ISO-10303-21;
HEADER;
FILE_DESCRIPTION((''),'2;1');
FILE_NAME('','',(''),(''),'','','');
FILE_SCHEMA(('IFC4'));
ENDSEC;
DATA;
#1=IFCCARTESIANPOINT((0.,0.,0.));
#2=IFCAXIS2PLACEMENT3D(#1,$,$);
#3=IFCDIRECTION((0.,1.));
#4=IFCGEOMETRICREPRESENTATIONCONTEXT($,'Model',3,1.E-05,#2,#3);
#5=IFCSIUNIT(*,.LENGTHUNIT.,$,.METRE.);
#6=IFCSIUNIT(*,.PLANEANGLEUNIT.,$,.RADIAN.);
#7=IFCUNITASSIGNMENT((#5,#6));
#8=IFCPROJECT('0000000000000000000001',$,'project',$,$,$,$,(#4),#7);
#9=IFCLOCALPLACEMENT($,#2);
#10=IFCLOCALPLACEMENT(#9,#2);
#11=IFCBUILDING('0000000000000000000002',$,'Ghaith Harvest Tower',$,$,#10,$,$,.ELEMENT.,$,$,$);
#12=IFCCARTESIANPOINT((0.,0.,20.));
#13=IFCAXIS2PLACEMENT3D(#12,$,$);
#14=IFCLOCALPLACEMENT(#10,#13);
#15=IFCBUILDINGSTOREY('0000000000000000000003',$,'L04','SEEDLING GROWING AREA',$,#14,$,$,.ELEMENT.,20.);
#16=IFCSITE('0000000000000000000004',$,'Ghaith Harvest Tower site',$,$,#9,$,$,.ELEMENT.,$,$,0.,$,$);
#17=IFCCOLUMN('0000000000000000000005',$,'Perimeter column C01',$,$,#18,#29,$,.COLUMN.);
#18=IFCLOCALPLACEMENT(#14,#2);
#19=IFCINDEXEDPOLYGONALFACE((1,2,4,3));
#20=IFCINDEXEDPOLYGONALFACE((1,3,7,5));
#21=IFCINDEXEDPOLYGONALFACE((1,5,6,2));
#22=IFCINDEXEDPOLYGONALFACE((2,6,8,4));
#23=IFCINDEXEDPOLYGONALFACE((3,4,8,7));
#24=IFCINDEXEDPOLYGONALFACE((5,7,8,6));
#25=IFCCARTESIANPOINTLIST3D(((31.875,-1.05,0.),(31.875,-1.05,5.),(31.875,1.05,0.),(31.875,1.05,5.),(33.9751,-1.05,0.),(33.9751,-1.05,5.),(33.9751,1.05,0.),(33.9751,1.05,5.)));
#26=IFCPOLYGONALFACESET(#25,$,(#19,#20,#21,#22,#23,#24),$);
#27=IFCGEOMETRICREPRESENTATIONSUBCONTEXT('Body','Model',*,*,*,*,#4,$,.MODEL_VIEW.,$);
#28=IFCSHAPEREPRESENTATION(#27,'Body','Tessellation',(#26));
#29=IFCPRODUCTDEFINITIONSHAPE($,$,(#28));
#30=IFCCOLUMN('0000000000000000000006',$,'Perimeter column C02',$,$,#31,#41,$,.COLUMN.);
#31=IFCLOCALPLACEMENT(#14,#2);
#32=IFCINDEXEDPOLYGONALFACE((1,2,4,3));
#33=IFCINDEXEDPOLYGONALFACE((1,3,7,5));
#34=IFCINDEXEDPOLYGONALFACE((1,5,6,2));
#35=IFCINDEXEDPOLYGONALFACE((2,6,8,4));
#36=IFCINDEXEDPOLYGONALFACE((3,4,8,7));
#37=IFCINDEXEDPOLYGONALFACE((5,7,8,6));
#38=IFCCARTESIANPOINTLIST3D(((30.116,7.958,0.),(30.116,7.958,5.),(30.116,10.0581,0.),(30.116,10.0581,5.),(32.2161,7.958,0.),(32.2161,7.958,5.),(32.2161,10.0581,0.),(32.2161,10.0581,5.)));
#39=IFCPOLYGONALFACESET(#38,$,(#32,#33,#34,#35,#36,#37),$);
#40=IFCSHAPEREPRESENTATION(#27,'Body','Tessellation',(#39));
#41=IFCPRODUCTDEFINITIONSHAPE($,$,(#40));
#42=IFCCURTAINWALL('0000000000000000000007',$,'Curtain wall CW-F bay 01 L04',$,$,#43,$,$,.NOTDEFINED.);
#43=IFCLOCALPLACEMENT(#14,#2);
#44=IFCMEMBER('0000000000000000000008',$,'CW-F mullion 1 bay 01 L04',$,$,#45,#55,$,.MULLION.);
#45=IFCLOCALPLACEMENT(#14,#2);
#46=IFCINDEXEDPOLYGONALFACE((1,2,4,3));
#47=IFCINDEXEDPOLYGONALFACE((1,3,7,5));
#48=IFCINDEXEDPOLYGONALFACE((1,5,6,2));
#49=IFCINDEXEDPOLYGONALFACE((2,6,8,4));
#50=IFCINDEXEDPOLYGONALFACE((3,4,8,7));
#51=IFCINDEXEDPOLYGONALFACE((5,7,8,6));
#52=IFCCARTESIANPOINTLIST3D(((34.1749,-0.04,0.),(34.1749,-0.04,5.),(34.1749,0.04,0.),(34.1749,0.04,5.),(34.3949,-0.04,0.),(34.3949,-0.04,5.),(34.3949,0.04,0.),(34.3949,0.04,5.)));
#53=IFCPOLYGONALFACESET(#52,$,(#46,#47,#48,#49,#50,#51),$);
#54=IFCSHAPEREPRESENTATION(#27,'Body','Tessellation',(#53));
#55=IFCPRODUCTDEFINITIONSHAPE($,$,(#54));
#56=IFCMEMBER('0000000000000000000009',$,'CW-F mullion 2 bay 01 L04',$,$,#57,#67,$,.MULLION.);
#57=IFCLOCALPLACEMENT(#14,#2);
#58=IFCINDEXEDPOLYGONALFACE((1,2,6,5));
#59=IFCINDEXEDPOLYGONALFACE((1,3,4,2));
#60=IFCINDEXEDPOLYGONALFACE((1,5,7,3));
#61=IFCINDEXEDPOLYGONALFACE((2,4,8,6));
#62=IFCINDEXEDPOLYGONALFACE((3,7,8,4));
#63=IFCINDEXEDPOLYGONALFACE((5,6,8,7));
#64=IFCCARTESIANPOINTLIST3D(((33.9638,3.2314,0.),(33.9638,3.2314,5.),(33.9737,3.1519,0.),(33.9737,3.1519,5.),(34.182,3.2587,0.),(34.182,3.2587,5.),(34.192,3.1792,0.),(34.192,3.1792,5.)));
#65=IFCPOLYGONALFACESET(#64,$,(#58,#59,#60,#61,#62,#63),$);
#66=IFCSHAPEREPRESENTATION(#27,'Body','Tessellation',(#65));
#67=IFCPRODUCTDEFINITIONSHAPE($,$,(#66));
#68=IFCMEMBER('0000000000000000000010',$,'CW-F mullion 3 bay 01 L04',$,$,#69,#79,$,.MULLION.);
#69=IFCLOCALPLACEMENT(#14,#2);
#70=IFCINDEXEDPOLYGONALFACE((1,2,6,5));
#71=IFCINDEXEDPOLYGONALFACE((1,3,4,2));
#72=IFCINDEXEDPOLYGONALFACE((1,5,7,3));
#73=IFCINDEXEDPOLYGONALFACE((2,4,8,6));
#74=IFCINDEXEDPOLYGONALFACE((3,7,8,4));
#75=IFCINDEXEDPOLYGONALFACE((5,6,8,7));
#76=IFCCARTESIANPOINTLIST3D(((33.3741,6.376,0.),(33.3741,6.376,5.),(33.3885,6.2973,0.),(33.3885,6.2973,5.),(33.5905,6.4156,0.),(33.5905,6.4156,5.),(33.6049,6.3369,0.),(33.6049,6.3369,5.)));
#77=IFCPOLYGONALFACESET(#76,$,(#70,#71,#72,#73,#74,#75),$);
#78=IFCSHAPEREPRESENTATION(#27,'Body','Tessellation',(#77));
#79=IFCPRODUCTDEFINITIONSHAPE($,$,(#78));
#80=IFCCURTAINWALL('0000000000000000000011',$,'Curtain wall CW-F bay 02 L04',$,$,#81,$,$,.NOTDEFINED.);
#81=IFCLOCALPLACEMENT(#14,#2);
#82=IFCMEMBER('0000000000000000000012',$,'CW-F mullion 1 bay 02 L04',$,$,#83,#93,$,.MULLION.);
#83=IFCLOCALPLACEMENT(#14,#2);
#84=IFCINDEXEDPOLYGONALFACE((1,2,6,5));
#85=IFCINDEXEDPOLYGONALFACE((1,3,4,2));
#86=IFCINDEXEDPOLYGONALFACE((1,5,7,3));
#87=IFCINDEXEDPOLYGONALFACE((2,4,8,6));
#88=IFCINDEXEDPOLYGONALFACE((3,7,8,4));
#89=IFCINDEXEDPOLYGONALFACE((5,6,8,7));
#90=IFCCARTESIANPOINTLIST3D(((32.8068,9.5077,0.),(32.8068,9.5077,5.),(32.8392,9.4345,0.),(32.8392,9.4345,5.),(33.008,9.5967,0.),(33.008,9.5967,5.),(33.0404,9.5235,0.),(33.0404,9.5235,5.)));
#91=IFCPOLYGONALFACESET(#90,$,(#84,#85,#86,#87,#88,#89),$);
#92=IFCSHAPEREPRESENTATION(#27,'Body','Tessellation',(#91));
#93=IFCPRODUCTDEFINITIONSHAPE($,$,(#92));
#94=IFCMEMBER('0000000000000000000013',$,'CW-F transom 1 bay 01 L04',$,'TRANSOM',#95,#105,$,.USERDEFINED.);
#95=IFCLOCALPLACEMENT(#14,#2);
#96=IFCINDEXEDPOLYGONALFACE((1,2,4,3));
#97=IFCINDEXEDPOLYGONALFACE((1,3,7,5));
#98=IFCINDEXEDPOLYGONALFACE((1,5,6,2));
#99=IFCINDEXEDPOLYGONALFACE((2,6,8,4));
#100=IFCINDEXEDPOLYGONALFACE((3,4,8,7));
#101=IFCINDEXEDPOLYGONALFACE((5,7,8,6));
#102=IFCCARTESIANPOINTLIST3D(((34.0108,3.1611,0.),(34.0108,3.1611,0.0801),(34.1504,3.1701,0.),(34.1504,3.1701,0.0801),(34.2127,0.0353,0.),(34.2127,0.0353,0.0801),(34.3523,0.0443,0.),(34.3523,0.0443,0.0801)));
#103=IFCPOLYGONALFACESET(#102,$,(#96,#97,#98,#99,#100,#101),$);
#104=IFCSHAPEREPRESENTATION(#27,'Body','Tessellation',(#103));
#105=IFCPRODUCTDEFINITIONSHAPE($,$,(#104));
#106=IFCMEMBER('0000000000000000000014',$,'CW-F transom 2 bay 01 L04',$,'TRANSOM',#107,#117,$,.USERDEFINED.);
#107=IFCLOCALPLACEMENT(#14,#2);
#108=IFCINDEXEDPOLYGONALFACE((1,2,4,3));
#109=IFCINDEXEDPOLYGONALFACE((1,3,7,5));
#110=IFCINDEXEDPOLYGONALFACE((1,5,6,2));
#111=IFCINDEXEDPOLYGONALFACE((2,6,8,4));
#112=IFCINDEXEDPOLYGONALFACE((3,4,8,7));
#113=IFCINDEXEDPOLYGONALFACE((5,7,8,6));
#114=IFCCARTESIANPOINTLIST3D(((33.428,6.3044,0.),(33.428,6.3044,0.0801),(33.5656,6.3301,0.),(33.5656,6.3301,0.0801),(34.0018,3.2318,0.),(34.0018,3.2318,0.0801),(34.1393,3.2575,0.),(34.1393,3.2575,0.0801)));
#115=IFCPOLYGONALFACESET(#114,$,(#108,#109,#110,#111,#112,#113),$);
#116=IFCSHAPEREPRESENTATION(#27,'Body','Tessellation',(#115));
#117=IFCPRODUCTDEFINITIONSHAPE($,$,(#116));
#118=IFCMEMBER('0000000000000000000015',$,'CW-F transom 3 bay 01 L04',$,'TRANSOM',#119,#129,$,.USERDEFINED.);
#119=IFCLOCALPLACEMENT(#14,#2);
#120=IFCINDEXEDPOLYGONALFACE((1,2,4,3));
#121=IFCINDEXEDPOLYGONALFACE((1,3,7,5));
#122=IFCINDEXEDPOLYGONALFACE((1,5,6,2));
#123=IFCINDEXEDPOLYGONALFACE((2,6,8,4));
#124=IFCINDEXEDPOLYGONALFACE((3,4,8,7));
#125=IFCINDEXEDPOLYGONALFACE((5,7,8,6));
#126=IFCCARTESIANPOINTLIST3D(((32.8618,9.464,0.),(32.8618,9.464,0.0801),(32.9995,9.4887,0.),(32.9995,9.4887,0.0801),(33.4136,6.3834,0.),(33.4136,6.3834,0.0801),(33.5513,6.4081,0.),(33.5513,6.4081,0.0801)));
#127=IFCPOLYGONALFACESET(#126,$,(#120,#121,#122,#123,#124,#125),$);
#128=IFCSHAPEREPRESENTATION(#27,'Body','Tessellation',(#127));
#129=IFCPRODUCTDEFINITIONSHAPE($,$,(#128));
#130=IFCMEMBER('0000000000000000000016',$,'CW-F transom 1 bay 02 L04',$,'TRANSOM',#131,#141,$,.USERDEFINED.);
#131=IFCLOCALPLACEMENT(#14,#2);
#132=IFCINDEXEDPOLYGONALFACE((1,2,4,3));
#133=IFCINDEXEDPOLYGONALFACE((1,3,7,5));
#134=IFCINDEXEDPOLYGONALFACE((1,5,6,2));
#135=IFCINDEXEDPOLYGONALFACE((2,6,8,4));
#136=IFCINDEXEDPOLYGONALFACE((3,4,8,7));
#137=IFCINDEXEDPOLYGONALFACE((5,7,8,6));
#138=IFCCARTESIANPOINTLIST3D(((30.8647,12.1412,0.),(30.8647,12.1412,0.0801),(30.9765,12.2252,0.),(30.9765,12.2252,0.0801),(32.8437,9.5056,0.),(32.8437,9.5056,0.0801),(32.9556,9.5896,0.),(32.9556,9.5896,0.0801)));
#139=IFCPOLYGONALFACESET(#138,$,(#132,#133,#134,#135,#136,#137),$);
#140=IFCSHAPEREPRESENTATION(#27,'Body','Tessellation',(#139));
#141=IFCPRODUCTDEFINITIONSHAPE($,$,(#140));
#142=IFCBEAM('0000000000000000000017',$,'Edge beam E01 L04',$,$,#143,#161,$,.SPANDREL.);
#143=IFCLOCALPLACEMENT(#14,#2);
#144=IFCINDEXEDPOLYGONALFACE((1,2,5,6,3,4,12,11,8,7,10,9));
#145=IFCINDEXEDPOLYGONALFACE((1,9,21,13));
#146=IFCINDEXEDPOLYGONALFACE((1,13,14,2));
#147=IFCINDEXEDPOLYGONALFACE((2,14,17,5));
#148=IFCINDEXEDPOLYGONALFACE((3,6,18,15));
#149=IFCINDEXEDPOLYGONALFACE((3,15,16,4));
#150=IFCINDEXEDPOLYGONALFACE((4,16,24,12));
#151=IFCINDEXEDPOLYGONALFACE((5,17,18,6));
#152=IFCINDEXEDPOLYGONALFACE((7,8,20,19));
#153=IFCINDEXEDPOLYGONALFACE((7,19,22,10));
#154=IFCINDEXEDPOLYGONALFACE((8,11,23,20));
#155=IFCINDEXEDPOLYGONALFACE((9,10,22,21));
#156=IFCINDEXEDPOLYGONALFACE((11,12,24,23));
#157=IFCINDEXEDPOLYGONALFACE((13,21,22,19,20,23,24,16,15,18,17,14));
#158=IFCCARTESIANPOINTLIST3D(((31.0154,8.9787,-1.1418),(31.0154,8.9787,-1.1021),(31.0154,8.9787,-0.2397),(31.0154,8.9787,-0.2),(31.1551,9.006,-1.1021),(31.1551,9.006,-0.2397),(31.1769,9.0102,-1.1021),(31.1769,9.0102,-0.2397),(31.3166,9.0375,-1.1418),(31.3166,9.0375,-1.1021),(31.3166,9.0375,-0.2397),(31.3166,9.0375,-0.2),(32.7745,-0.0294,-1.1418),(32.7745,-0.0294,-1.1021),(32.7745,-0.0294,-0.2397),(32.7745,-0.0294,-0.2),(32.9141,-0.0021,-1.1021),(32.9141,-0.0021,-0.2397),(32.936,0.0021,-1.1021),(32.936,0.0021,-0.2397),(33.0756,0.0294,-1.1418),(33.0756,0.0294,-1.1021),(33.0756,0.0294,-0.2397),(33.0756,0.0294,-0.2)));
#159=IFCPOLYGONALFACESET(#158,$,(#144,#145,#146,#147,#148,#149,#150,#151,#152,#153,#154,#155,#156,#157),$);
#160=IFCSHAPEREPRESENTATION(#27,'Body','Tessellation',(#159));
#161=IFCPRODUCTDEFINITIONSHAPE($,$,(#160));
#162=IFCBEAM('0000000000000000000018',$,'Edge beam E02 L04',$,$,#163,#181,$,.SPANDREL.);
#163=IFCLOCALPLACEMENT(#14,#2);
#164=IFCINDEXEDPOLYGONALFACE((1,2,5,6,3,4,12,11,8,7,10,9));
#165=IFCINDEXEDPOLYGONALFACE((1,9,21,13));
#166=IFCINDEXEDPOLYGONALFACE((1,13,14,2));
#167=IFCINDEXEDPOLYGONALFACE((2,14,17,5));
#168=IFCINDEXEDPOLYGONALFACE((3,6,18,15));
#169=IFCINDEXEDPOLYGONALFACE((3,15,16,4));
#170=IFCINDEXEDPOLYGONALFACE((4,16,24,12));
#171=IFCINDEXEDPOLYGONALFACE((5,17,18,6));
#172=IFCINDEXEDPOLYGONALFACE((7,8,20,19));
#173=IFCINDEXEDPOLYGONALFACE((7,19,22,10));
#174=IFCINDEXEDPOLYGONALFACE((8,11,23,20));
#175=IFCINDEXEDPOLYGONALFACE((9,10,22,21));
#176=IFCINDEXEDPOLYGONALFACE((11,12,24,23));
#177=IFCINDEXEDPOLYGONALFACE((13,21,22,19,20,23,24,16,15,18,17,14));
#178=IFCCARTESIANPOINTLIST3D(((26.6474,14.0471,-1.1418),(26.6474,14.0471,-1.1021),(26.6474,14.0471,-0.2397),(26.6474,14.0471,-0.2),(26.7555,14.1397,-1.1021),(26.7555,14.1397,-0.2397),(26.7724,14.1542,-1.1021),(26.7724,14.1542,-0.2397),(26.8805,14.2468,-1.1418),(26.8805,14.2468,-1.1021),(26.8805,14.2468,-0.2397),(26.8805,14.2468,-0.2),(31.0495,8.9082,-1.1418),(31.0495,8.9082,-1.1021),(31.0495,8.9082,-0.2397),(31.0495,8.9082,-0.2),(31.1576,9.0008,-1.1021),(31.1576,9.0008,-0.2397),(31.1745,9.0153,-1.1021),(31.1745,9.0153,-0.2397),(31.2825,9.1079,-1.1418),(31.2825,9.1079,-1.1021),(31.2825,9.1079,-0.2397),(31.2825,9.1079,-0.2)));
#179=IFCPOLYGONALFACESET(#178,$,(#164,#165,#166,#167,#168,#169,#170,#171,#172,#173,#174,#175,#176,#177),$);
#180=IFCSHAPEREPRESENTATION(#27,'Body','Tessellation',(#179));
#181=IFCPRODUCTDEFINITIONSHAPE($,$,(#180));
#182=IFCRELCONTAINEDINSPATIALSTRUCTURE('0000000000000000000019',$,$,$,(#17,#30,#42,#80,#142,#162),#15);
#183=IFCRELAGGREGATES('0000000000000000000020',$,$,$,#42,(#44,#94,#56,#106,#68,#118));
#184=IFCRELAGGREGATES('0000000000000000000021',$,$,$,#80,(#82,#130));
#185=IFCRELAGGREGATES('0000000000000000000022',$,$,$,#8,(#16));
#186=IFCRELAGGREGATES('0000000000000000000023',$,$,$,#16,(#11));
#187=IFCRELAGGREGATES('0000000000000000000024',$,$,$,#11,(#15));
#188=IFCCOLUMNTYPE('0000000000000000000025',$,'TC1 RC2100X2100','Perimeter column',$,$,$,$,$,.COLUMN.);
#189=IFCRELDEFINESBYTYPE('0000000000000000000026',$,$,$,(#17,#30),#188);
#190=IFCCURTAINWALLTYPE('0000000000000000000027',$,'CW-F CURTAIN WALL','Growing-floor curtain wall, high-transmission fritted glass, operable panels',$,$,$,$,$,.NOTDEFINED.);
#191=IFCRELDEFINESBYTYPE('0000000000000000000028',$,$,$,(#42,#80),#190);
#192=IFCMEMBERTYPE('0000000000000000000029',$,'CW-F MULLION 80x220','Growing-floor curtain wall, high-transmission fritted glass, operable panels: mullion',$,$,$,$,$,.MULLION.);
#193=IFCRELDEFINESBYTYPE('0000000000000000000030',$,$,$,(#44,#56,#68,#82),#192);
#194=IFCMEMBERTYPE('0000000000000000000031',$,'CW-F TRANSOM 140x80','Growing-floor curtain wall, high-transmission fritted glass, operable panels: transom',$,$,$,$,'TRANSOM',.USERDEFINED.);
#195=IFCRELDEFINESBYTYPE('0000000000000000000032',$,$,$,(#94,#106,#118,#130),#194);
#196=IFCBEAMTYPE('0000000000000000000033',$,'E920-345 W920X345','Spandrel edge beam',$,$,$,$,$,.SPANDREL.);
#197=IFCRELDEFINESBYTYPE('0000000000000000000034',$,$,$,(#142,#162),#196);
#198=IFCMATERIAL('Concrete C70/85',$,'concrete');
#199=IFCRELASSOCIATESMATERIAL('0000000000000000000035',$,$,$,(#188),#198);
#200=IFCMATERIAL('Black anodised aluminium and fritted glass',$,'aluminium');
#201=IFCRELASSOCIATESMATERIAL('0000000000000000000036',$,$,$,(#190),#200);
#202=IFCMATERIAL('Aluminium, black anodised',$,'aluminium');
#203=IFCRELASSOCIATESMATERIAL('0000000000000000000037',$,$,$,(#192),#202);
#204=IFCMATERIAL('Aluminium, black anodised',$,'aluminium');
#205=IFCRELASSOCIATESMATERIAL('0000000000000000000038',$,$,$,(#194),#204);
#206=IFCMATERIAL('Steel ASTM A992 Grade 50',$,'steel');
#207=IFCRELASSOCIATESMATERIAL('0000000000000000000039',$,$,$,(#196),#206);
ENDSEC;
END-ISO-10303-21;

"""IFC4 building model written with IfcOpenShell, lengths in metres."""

from ifc_helpers import new_model, si_unit, direction, frame, origin, origin_2d, place, context, subcontext, project, spatial, rectangle, i_section, extrude, material, material_profile, profile_set, type_object, element, aggregate, save


model = new_model("IFC4")

# Units and contexts
model_context = context("Model", 3, precision=1e-05, world=origin(), true_north=direction((0.0, 1.0)))
body_context = subcontext(model_context, "Body", "Model", "MODEL_VIEW")
ifc_project = project(units=[si_unit("LENGTHUNIT", "METRE"), si_unit("PLANEANGLEUNIT", "RADIAN")], contexts=[model_context])

# Site, building, storey
site_placement = place(None, origin())
site = spatial("IfcSite", under=ifc_project, at=site_placement, Name="Ghaith Harvest Tower site", CompositionType="ELEMENT", RefElevation=0.0)
building_placement = place(site_placement, origin())
building = spatial("IfcBuilding", under=site, at=building_placement, Name="Ghaith Harvest Tower", CompositionType="ELEMENT")
storey_placement = place(building_placement, frame((0.0, 0.0, 20.0)))
storey = spatial("IfcBuildingStorey", under=building, at=storey_placement, Name="L04", Description="SEEDLING GROWING AREA", CompositionType="ELEMENT", Elevation=20.0)

# Columns
ifc_material_1 = material(Name="Concrete C70/85", Category="concrete")
ifc_material_profile_1 = material_profile(ifc_material_1, rectangle(XDim=2.1001, YDim=2.1001, at=origin_2d()), Name="RC2100X2100")
ifc_profile_set_1 = profile_set([ifc_material_profile_1], Name="Concrete C70/85")
column_type = type_object("IfcColumnType", Name="TC1 RC2100X2100", Description="Perimeter column", PredefinedType="COLUMN", material=ifc_profile_set_1)
for number, where, z_axis, x_axis, name in (
    (1, (32.925, 0.0, 0.0), (0.0, 0.0, 1.0), (1.0, 0.0, 0.0), "Perimeter column C01"),
    (2, (31.166, 9.0081, 0.0), (0.0, 0.0, 1.0), (1.0, 0.0, 0.0), "Perimeter column C02"),
):
    element("IfcColumn", number, at=place(storey_placement, frame(where, z_axis=z_axis, x_axis=x_axis)), inside=storey, type_object=column_type, Name=name, PredefinedType="COLUMN", context=body_context, shape_type="SweptSolid", body=[
        extrude(rectangle(XDim=2.1001, YDim=2.1001, at=origin_2d()), origin(), (0.0, 0.0, 1.0), 5.0),
    ])

# Curtain wall, members
ifc_material_2 = material(Name="Black anodised aluminium and fritted glass", Category="aluminium")
curtain_wall_type = type_object("IfcCurtainWallType", Name="CW-F CURTAIN WALL", Description="Growing-floor curtain wall, high-transmission fritted glass, operable panels", PredefinedType="NOTDEFINED", material=ifc_material_2)
curtain_wall_1_placement = place(storey_placement, origin())
curtain_wall_1 = element("IfcCurtainWall", 3, at=curtain_wall_1_placement, inside=storey, type_object=curtain_wall_type, Name="Curtain wall CW-F bay 01 L04", PredefinedType="NOTDEFINED")
ifc_material_3 = material(Name="Aluminium, black anodised", Category="aluminium")
ifc_material_profile_2 = material_profile(ifc_material_3, rectangle(XDim=0.0801, YDim=0.22, at=origin_2d()), Name="CW-F MULLION 80x220")
ifc_profile_set_2 = profile_set([ifc_material_profile_2], Name="Aluminium, black anodised")
member_type_1 = type_object("IfcMemberType", Name="CW-F MULLION 80x220", Description="Growing-floor curtain wall, high-transmission fritted glass, operable panels: mullion", PredefinedType="MULLION", material=ifc_profile_set_2)
member_1_placement = place(storey_placement, frame((34.2849, 0.0, 0.0), z_axis=(0.0, 0.0, 1.0), x_axis=(0.0, 1.0, 0.0)))
member_1 = element("IfcMember", 4, at=member_1_placement, type_object=member_type_1, Name="CW-F mullion 1 bay 01 L04", PredefinedType="MULLION", context=body_context, shape_type="SweptSolid", body=[
    extrude(rectangle(XDim=0.0801, YDim=0.22, at=origin_2d()), origin(), (0.0, 0.0, 1.0), 5.0),
])
member_2_placement = place(storey_placement, frame((34.0779, 3.2053, 0.0), z_axis=(0.0, 0.0, 1.0), x_axis=(-0.12417, 0.992261, 0.0)))
member_2 = element("IfcMember", 5, at=member_2_placement, type_object=member_type_1, Name="CW-F mullion 2 bay 01 L04", PredefinedType="MULLION", context=body_context, shape_type="SweptSolid", body=[
    extrude(rectangle(XDim=0.0801, YDim=0.22, at=origin_2d()), origin(), (0.0, 0.0, 1.0), 5.0),
])
member_3_placement = place(storey_placement, frame((33.4895, 6.3564, 0.0), z_axis=(0.0, 0.0, 1.0), x_axis=(-0.179943, 0.983677, 0.0)))
member_3 = element("IfcMember", 6, at=member_3_placement, type_object=member_type_1, Name="CW-F mullion 3 bay 01 L04", PredefinedType="MULLION", context=body_context, shape_type="SweptSolid", body=[
    extrude(rectangle(XDim=0.0801, YDim=0.22, at=origin_2d()), origin(), (0.0, 0.0, 1.0), 5.0),
])

# Curtain wall, member
curtain_wall_2_placement = place(storey_placement, origin())
curtain_wall_2 = element("IfcCurtainWall", 7, at=curtain_wall_2_placement, inside=storey, type_object=curtain_wall_type, Name="Curtain wall CW-F bay 02 L04", PredefinedType="NOTDEFINED")
member_4_placement = place(storey_placement, frame((32.9236, 9.5156, 0.0), z_axis=(0.0, 0.0, 1.0), x_axis=(-0.404702, 0.914449, 0.0)))
member_4 = element("IfcMember", 8, at=member_4_placement, type_object=member_type_1, Name="CW-F mullion 1 bay 02 L04", PredefinedType="MULLION", context=body_context, shape_type="SweptSolid", body=[
    extrude(rectangle(XDim=0.0801, YDim=0.22, at=origin_2d()), origin(), (0.0, 0.0, 1.0), 5.0),
])

# Members
ifc_material_4 = material(Name="Aluminium, black anodised", Category="aluminium")
ifc_material_profile_3 = material_profile(ifc_material_4, rectangle(XDim=0.1399, YDim=0.0801, at=origin_2d()), Name="CW-F TRANSOM 140x80")
ifc_profile_set_3 = profile_set([ifc_material_profile_3], Name="Aluminium, black anodised")
member_type_2 = type_object("IfcMemberType", Name="CW-F TRANSOM 140x80", Description="Growing-floor curtain wall, high-transmission fritted glass, operable panels: transom", ElementType="TRANSOM", PredefinedType="USERDEFINED", material=ifc_profile_set_3)
member_5_placement = place(storey_placement, frame((34.2825, 0.0398, 0.04), z_axis=(-0.06446, 0.99792, 0.0), x_axis=(-0.99792, -0.06446, 0.0)))
member_5 = element("IfcMember", 9, at=member_5_placement, type_object=member_type_2, Name="CW-F transom 1 bay 01 L04", ObjectType="TRANSOM", PredefinedType="USERDEFINED", context=body_context, shape_type="SweptSolid", body=[
    extrude(rectangle(XDim=0.1399, YDim=0.0801, at=origin_2d()), origin(), (0.0, 0.0, 1.0), 3.1323),
])
member_6_placement = place(storey_placement, frame((34.0706, 3.2446, 0.04), z_axis=(-0.183557, 0.983009, 0.0), x_axis=(-0.983009, -0.183557, 0.0)))
member_6 = element("IfcMember", 10, at=member_6_placement, type_object=member_type_2, Name="CW-F transom 2 bay 01 L04", ObjectType="TRANSOM", PredefinedType="USERDEFINED", context=body_context, shape_type="SweptSolid", body=[
    extrude(rectangle(XDim=0.1399, YDim=0.0801, at=origin_2d()), origin(), (0.0, 0.0, 1.0), 3.1257),
])
member_7_placement = place(storey_placement, frame((33.4824, 6.3958, 0.04), z_axis=(-0.176304, 0.984336, 0.0), x_axis=(-0.984336, -0.176304, 0.0)))
member_7 = element("IfcMember", 11, at=member_7_placement, type_object=member_type_2, Name="CW-F transom 3 bay 01 L04", ObjectType="TRANSOM", PredefinedType="USERDEFINED", context=body_context, shape_type="SweptSolid", body=[
    extrude(rectangle(XDim=0.1399, YDim=0.0801, at=origin_2d()), origin(), (0.0, 0.0, 1.0), 3.1296),
])
member_8_placement = place(storey_placement, frame((32.8997, 9.5476, 0.04), z_axis=(-0.600462, 0.799653, 0.0), x_axis=(-0.799653, -0.600462, 0.0)))
member_8 = element("IfcMember", 12, at=member_8_placement, type_object=member_type_2, Name="CW-F transom 1 bay 02 L04", ObjectType="TRANSOM", PredefinedType="USERDEFINED", context=body_context, shape_type="SweptSolid", body=[
    extrude(rectangle(XDim=0.1399, YDim=0.0801, at=origin_2d()), origin(), (0.0, 0.0, 1.0), 3.2959),
])

# Beams
ifc_material_5 = material(Name="Steel ASTM A992 Grade 50", Category="steel")
ifc_material_profile_4 = material_profile(ifc_material_5, i_section(OverallWidth=0.3069, OverallDepth=0.9419, WebThickness=0.0222, FlangeThickness=0.0398, at=origin_2d()), Name="W920X345")
ifc_profile_set_4 = profile_set([ifc_material_profile_4], Name="Steel ASTM A992 Grade 50")
beam_type_1 = type_object("IfcBeamType", Name="E920-345 W920X345", Description="Spandrel edge beam", PredefinedType="SPANDREL", material=ifc_profile_set_4)
beam_1_placement = place(storey_placement, frame((32.925, 0.0, -0.6709), z_axis=(-0.191653, 0.981463, 0.0), x_axis=(-0.981463, -0.191653, 0.0)))
element("IfcBeam", 13, at=beam_1_placement, inside=storey, type_object=beam_type_1, Name="Edge beam E01 L04", PredefinedType="SPANDREL", context=body_context, shape_type="SweptSolid", body=[
    extrude(i_section(OverallWidth=0.3069, OverallDepth=0.9419, WebThickness=0.0222, FlangeThickness=0.0398, at=origin_2d()), origin(), (0.0, 0.0, 1.0), 9.1782),
])
beam_2_placement = place(storey_placement, frame((31.166, 9.0081, -0.6709), z_axis=(-0.650563, 0.759453, 0.0), x_axis=(-0.759453, -0.650563, 0.0)))
element("IfcBeam", 14, at=beam_2_placement, inside=storey, type_object=beam_type_1, Name="Edge beam E02 L04", PredefinedType="SPANDREL", context=body_context, shape_type="SweptSolid", body=[
    extrude(i_section(OverallWidth=0.3069, OverallDepth=0.9419, WebThickness=0.0222, FlangeThickness=0.0398, at=origin_2d()), origin(), (0.0, 0.0, 1.0), 6.7666),
])

aggregate(curtain_wall_1, [member_1, member_5, member_2, member_6, member_3, member_7])
aggregate(curtain_wall_2, [member_4, member_8])

save(model, "model.ifc")
